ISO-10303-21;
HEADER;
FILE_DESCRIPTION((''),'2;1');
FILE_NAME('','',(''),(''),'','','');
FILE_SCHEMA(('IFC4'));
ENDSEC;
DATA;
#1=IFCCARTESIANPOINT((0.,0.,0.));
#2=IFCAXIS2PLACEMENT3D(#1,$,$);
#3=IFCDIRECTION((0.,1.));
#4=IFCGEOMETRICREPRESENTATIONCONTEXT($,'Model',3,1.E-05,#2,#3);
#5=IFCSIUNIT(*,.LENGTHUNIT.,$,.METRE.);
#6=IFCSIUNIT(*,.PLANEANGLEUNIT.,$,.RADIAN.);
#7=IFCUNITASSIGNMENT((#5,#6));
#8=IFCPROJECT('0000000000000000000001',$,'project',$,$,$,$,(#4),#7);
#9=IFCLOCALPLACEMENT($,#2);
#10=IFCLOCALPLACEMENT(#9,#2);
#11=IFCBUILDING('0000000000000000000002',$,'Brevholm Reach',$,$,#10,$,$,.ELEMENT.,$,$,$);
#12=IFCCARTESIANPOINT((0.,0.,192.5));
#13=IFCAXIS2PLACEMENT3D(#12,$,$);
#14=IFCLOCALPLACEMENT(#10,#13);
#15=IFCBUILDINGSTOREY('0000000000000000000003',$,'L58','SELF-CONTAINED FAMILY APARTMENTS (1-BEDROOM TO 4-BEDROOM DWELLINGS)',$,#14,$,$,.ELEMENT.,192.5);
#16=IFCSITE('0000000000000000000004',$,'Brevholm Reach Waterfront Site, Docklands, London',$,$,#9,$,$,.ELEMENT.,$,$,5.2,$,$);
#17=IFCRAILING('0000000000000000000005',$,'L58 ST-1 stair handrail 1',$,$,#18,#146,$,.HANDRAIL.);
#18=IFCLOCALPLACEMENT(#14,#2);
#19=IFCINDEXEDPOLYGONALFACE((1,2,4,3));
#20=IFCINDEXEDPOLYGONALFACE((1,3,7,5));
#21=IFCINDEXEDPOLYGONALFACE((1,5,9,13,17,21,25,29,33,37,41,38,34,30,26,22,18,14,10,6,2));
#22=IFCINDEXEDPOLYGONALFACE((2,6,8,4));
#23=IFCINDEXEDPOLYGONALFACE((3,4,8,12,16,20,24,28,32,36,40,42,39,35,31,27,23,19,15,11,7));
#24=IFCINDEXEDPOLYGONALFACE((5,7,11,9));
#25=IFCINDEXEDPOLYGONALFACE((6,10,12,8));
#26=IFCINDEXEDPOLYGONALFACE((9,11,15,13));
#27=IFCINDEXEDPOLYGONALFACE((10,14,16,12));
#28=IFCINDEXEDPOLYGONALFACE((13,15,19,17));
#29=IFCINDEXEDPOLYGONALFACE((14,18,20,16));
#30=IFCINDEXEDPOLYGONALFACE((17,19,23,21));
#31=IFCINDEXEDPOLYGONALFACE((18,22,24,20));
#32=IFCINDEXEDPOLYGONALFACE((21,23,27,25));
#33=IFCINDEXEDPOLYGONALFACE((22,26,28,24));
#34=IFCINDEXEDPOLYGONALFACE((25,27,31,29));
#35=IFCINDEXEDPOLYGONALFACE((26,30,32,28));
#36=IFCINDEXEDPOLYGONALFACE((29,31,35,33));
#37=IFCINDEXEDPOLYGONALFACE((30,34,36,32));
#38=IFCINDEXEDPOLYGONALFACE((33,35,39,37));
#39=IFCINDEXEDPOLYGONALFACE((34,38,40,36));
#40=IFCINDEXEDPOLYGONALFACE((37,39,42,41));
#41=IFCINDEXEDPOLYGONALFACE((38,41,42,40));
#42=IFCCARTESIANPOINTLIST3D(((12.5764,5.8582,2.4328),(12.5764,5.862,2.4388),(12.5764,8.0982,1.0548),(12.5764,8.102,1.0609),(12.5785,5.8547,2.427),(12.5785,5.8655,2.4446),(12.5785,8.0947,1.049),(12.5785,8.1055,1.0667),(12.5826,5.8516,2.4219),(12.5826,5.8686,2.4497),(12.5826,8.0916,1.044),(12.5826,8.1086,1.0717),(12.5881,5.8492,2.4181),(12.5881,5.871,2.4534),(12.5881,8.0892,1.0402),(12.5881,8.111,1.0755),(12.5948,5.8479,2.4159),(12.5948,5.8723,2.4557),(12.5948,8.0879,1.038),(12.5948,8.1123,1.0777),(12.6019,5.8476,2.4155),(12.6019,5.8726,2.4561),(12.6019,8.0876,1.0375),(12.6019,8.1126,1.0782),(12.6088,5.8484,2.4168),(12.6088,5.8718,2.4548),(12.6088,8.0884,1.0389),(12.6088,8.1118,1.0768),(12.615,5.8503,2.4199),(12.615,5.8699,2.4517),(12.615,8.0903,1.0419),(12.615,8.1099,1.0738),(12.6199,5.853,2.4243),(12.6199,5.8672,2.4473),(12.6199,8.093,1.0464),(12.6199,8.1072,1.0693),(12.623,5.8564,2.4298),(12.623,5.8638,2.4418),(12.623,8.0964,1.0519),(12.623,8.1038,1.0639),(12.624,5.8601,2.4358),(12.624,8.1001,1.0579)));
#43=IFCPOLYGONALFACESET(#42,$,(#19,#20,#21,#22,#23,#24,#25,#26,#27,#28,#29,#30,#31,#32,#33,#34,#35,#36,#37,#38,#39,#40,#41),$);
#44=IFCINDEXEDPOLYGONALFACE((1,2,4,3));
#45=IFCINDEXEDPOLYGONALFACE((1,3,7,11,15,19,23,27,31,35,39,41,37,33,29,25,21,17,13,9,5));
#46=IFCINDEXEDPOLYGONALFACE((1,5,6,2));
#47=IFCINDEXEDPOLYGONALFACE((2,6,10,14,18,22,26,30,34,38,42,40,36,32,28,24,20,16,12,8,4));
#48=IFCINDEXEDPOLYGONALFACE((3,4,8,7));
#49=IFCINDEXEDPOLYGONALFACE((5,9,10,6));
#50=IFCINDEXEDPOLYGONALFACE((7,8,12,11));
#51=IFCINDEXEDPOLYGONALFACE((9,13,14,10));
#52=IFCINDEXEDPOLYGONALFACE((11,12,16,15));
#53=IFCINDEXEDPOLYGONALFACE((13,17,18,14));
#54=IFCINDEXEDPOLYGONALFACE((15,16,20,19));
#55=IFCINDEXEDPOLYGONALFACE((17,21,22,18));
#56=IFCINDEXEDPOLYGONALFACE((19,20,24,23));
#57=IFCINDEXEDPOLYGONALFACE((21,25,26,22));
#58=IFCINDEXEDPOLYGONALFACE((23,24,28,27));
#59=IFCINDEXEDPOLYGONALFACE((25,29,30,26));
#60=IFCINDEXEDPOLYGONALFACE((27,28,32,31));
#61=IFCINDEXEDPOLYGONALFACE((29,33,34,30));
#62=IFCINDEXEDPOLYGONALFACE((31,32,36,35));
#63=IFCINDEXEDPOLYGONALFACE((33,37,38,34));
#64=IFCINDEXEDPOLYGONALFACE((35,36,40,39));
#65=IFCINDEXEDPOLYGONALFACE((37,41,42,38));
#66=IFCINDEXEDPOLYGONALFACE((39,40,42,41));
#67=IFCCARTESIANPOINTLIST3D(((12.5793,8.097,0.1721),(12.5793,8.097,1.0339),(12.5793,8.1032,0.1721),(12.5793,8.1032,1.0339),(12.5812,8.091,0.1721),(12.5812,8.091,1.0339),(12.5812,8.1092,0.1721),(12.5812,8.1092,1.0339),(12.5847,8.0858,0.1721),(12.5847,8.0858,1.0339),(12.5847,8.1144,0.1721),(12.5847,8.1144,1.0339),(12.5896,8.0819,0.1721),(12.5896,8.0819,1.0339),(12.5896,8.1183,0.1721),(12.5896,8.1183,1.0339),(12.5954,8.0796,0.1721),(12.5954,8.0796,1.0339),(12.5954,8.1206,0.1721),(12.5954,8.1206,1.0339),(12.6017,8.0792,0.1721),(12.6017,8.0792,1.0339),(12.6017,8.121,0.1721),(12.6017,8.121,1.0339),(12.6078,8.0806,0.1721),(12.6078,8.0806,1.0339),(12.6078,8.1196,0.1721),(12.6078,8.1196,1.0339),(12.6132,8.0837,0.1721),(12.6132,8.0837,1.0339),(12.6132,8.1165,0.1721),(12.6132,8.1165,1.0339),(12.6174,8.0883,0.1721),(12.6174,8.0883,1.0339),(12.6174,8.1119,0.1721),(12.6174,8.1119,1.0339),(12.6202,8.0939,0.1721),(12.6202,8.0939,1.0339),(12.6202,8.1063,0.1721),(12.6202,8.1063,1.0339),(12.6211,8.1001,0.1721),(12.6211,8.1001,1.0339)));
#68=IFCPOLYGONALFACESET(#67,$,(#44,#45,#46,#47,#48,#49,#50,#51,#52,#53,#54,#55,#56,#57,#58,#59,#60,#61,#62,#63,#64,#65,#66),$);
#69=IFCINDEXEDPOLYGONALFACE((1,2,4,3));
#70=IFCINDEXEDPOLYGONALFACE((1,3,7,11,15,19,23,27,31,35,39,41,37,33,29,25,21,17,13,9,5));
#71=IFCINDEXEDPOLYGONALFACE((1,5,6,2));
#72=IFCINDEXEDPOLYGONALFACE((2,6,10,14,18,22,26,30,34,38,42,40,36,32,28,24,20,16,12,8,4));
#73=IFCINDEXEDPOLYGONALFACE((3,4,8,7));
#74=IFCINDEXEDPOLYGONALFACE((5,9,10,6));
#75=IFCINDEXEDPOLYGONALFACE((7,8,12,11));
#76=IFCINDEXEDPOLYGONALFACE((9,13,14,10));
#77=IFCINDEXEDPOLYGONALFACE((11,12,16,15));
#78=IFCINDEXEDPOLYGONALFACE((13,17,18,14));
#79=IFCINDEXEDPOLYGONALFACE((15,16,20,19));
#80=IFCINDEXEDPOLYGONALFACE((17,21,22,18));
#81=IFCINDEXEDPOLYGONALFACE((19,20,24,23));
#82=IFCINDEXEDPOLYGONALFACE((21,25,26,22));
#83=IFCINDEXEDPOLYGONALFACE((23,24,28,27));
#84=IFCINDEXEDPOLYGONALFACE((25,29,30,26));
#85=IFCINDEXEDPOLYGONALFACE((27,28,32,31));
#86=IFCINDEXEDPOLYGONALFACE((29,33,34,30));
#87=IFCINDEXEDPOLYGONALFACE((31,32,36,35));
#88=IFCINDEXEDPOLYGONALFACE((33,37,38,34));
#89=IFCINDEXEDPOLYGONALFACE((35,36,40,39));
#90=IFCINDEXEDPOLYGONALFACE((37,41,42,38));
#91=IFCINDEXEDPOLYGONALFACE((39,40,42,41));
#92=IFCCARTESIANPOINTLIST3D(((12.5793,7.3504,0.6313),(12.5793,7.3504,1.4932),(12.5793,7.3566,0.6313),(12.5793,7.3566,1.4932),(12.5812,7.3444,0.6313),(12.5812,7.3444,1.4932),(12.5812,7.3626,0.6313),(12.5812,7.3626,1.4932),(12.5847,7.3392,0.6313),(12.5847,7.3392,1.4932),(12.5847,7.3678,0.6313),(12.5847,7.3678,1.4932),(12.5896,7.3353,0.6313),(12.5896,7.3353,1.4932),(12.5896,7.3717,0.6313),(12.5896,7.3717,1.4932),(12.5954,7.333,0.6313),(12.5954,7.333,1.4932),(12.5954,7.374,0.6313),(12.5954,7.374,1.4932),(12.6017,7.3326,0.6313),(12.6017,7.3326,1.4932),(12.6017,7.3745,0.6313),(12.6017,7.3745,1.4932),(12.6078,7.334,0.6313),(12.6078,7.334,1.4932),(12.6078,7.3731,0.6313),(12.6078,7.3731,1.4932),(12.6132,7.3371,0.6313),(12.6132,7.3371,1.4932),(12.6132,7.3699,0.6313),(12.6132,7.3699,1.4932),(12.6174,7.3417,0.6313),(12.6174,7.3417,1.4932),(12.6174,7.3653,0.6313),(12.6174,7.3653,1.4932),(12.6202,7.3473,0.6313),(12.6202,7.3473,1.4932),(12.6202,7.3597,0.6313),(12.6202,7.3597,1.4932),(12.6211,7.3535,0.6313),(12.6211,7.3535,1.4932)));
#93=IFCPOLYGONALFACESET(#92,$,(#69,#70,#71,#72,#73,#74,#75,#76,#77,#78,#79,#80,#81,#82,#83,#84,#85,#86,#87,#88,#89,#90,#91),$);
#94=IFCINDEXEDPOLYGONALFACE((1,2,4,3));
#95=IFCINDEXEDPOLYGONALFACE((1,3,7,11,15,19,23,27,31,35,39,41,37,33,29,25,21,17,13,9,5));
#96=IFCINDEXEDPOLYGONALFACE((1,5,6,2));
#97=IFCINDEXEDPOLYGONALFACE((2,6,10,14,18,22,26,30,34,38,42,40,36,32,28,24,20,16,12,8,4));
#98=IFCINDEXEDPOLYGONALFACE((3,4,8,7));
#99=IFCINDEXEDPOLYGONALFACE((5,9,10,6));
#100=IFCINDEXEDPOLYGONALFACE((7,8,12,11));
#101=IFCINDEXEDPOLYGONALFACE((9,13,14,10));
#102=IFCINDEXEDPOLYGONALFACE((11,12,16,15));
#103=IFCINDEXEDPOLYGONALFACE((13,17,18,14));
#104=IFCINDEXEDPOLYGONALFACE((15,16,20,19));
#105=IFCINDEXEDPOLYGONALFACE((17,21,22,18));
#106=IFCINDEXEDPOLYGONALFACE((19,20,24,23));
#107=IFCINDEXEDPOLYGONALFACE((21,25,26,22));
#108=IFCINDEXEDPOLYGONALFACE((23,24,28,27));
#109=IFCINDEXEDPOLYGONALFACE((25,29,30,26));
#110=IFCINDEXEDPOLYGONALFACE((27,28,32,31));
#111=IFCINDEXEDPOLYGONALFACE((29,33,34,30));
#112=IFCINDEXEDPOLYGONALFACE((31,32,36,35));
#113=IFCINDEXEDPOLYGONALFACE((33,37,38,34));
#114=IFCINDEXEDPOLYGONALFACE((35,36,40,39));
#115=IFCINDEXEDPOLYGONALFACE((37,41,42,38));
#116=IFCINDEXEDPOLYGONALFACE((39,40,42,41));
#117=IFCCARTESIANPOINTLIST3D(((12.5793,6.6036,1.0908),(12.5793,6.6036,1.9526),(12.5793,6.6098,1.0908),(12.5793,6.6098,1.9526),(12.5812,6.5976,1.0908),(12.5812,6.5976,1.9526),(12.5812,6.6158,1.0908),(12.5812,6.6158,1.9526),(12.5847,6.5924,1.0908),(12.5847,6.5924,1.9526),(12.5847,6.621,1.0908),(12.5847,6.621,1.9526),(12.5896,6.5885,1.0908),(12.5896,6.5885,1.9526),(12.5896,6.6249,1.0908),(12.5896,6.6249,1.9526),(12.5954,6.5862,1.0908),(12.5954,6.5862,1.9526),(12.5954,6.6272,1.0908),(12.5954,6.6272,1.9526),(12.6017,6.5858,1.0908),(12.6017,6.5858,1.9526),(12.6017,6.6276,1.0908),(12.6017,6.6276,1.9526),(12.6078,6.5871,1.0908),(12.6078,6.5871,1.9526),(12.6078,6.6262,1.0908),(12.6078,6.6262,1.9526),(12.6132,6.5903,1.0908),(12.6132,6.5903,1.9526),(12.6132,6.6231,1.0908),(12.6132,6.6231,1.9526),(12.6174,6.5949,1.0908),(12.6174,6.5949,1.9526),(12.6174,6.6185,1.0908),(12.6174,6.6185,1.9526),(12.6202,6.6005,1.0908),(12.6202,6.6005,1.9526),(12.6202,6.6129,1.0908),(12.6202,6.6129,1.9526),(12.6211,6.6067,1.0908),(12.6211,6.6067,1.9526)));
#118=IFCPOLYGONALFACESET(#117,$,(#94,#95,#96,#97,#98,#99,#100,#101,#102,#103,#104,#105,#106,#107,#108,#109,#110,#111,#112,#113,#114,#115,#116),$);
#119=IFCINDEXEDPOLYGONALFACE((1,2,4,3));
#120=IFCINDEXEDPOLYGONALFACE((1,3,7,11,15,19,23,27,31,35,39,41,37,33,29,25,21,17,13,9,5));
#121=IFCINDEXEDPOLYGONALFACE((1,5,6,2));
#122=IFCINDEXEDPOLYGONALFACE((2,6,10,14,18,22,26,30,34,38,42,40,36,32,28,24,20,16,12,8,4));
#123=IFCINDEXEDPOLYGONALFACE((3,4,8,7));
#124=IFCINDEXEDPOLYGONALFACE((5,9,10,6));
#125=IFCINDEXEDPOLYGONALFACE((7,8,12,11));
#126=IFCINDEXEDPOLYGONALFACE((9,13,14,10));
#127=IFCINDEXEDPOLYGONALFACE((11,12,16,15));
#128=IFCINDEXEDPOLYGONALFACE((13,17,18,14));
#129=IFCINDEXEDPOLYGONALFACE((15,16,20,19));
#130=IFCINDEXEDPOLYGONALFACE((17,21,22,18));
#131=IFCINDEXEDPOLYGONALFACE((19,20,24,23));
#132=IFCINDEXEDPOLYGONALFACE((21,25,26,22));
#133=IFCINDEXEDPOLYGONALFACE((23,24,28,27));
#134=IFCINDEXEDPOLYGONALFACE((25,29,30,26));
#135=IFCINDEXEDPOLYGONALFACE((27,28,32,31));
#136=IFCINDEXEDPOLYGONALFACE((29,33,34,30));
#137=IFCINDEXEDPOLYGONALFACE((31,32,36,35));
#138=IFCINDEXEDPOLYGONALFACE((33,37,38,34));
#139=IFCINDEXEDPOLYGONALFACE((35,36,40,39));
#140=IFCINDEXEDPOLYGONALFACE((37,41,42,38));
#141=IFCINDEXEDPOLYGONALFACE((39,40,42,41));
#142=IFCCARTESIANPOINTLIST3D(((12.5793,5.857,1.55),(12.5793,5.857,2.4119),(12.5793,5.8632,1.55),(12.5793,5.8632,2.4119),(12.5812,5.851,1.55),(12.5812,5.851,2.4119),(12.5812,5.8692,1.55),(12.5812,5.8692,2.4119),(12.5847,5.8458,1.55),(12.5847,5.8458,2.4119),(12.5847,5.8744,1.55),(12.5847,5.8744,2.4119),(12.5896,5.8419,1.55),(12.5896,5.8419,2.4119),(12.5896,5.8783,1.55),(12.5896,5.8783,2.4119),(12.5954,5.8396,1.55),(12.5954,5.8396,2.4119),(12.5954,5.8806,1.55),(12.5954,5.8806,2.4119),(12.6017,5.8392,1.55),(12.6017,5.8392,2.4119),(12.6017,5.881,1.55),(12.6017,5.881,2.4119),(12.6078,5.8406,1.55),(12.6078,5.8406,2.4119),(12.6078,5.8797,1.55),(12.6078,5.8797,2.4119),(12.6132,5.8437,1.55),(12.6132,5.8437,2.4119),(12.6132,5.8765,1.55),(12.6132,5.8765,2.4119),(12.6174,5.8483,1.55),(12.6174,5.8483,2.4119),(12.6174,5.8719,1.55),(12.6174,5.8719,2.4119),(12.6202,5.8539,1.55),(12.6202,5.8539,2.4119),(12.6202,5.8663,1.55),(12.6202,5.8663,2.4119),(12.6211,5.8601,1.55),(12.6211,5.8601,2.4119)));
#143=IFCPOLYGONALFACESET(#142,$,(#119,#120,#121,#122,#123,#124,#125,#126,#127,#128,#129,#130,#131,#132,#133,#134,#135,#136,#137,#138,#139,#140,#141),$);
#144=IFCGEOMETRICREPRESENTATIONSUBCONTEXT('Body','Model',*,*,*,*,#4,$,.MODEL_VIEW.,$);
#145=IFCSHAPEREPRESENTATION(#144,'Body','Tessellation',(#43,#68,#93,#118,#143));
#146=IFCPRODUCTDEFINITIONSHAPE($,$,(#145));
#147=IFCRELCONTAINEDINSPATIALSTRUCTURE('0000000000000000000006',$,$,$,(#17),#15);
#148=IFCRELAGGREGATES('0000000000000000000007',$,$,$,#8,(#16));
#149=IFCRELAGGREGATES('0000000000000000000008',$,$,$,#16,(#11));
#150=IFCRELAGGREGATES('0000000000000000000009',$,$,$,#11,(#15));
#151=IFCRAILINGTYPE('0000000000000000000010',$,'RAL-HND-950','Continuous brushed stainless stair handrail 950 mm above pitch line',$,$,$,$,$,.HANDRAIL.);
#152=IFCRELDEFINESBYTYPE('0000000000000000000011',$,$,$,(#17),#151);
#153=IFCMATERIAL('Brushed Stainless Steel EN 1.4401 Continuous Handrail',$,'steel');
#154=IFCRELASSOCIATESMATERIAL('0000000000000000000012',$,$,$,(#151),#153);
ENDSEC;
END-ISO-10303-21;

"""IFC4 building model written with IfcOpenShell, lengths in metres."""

from ifc_helpers import new_model, si_unit, direction, frame, origin, origin_2d, place, context, subcontext, project, spatial, circle, extrude, material, type_object, element, save


model = new_model("IFC4")

# Units and contexts
model_context = context("Model", 3, precision=1e-05, world=origin(), true_north=direction((0.0, 1.0)))
body_context = subcontext(model_context, "Body", "Model", "MODEL_VIEW")
ifc_project = project(units=[si_unit("LENGTHUNIT", "METRE"), si_unit("PLANEANGLEUNIT", "RADIAN")], contexts=[model_context])

# Site, building, storey
site_placement = place(None, origin())
site = spatial("IfcSite", under=ifc_project, at=site_placement, Name="Brevholm Reach Waterfront Site, Docklands, London", CompositionType="ELEMENT", RefElevation=5.2)
building_placement = place(site_placement, origin())
building = spatial("IfcBuilding", under=site, at=building_placement, Name="Brevholm Reach", CompositionType="ELEMENT")
storey_placement = place(building_placement, frame((0.0, 0.0, 192.5)))
storey = spatial("IfcBuildingStorey", under=building, at=storey_placement, Name="L58", Description="SELF-CONTAINED FAMILY APARTMENTS (1-BEDROOM TO 4-BEDROOM DWELLINGS)", CompositionType="ELEMENT", Elevation=192.5)

# Railing
ifc_material_1 = material(Name="Brushed Stainless Steel EN 1.4401 Continuous Handrail", Category="steel")
railing_type = type_object("IfcRailingType", Name="RAL-HND-950", Description="Continuous brushed stainless stair handrail 950 mm above pitch line", PredefinedType="HANDRAIL", material=ifc_material_1)
railing_placement = place(storey_placement, frame((12.6001, 8.1001, 0.1721)))
element("IfcRailing", 1, at=railing_placement, inside=storey, type_object=railing_type, Name="L58 ST-1 stair handrail 1", PredefinedType="HANDRAIL", context=body_context, shape_type="SweptSolid", body=[
    extrude(circle(Radius=0.0239, at=origin_2d()), frame((0.0, 0.0, 0.8857), z_axis=(0.0, -0.851748, 0.523952), x_axis=(1.0, 0.0, 0.0)), (0.0, 0.0, 1.0), 2.6299),
    extrude(circle(Radius=0.021, at=origin_2d()), origin(), (0.0, 0.0, 1.0), 0.8618),
    extrude(circle(Radius=0.021, at=origin_2d()), frame((0.0, -0.7466, 0.4592)), (0.0, 0.0, 1.0), 0.8618),
    extrude(circle(Radius=0.021, at=origin_2d()), frame((0.0, -1.4934, 0.9187)), (0.0, 0.0, 1.0), 0.8618),
    extrude(circle(Radius=0.021, at=origin_2d()), frame((0.0, -2.24, 1.3779)), (0.0, 0.0, 1.0), 0.8618),
])

save(model, "model.ifc")
